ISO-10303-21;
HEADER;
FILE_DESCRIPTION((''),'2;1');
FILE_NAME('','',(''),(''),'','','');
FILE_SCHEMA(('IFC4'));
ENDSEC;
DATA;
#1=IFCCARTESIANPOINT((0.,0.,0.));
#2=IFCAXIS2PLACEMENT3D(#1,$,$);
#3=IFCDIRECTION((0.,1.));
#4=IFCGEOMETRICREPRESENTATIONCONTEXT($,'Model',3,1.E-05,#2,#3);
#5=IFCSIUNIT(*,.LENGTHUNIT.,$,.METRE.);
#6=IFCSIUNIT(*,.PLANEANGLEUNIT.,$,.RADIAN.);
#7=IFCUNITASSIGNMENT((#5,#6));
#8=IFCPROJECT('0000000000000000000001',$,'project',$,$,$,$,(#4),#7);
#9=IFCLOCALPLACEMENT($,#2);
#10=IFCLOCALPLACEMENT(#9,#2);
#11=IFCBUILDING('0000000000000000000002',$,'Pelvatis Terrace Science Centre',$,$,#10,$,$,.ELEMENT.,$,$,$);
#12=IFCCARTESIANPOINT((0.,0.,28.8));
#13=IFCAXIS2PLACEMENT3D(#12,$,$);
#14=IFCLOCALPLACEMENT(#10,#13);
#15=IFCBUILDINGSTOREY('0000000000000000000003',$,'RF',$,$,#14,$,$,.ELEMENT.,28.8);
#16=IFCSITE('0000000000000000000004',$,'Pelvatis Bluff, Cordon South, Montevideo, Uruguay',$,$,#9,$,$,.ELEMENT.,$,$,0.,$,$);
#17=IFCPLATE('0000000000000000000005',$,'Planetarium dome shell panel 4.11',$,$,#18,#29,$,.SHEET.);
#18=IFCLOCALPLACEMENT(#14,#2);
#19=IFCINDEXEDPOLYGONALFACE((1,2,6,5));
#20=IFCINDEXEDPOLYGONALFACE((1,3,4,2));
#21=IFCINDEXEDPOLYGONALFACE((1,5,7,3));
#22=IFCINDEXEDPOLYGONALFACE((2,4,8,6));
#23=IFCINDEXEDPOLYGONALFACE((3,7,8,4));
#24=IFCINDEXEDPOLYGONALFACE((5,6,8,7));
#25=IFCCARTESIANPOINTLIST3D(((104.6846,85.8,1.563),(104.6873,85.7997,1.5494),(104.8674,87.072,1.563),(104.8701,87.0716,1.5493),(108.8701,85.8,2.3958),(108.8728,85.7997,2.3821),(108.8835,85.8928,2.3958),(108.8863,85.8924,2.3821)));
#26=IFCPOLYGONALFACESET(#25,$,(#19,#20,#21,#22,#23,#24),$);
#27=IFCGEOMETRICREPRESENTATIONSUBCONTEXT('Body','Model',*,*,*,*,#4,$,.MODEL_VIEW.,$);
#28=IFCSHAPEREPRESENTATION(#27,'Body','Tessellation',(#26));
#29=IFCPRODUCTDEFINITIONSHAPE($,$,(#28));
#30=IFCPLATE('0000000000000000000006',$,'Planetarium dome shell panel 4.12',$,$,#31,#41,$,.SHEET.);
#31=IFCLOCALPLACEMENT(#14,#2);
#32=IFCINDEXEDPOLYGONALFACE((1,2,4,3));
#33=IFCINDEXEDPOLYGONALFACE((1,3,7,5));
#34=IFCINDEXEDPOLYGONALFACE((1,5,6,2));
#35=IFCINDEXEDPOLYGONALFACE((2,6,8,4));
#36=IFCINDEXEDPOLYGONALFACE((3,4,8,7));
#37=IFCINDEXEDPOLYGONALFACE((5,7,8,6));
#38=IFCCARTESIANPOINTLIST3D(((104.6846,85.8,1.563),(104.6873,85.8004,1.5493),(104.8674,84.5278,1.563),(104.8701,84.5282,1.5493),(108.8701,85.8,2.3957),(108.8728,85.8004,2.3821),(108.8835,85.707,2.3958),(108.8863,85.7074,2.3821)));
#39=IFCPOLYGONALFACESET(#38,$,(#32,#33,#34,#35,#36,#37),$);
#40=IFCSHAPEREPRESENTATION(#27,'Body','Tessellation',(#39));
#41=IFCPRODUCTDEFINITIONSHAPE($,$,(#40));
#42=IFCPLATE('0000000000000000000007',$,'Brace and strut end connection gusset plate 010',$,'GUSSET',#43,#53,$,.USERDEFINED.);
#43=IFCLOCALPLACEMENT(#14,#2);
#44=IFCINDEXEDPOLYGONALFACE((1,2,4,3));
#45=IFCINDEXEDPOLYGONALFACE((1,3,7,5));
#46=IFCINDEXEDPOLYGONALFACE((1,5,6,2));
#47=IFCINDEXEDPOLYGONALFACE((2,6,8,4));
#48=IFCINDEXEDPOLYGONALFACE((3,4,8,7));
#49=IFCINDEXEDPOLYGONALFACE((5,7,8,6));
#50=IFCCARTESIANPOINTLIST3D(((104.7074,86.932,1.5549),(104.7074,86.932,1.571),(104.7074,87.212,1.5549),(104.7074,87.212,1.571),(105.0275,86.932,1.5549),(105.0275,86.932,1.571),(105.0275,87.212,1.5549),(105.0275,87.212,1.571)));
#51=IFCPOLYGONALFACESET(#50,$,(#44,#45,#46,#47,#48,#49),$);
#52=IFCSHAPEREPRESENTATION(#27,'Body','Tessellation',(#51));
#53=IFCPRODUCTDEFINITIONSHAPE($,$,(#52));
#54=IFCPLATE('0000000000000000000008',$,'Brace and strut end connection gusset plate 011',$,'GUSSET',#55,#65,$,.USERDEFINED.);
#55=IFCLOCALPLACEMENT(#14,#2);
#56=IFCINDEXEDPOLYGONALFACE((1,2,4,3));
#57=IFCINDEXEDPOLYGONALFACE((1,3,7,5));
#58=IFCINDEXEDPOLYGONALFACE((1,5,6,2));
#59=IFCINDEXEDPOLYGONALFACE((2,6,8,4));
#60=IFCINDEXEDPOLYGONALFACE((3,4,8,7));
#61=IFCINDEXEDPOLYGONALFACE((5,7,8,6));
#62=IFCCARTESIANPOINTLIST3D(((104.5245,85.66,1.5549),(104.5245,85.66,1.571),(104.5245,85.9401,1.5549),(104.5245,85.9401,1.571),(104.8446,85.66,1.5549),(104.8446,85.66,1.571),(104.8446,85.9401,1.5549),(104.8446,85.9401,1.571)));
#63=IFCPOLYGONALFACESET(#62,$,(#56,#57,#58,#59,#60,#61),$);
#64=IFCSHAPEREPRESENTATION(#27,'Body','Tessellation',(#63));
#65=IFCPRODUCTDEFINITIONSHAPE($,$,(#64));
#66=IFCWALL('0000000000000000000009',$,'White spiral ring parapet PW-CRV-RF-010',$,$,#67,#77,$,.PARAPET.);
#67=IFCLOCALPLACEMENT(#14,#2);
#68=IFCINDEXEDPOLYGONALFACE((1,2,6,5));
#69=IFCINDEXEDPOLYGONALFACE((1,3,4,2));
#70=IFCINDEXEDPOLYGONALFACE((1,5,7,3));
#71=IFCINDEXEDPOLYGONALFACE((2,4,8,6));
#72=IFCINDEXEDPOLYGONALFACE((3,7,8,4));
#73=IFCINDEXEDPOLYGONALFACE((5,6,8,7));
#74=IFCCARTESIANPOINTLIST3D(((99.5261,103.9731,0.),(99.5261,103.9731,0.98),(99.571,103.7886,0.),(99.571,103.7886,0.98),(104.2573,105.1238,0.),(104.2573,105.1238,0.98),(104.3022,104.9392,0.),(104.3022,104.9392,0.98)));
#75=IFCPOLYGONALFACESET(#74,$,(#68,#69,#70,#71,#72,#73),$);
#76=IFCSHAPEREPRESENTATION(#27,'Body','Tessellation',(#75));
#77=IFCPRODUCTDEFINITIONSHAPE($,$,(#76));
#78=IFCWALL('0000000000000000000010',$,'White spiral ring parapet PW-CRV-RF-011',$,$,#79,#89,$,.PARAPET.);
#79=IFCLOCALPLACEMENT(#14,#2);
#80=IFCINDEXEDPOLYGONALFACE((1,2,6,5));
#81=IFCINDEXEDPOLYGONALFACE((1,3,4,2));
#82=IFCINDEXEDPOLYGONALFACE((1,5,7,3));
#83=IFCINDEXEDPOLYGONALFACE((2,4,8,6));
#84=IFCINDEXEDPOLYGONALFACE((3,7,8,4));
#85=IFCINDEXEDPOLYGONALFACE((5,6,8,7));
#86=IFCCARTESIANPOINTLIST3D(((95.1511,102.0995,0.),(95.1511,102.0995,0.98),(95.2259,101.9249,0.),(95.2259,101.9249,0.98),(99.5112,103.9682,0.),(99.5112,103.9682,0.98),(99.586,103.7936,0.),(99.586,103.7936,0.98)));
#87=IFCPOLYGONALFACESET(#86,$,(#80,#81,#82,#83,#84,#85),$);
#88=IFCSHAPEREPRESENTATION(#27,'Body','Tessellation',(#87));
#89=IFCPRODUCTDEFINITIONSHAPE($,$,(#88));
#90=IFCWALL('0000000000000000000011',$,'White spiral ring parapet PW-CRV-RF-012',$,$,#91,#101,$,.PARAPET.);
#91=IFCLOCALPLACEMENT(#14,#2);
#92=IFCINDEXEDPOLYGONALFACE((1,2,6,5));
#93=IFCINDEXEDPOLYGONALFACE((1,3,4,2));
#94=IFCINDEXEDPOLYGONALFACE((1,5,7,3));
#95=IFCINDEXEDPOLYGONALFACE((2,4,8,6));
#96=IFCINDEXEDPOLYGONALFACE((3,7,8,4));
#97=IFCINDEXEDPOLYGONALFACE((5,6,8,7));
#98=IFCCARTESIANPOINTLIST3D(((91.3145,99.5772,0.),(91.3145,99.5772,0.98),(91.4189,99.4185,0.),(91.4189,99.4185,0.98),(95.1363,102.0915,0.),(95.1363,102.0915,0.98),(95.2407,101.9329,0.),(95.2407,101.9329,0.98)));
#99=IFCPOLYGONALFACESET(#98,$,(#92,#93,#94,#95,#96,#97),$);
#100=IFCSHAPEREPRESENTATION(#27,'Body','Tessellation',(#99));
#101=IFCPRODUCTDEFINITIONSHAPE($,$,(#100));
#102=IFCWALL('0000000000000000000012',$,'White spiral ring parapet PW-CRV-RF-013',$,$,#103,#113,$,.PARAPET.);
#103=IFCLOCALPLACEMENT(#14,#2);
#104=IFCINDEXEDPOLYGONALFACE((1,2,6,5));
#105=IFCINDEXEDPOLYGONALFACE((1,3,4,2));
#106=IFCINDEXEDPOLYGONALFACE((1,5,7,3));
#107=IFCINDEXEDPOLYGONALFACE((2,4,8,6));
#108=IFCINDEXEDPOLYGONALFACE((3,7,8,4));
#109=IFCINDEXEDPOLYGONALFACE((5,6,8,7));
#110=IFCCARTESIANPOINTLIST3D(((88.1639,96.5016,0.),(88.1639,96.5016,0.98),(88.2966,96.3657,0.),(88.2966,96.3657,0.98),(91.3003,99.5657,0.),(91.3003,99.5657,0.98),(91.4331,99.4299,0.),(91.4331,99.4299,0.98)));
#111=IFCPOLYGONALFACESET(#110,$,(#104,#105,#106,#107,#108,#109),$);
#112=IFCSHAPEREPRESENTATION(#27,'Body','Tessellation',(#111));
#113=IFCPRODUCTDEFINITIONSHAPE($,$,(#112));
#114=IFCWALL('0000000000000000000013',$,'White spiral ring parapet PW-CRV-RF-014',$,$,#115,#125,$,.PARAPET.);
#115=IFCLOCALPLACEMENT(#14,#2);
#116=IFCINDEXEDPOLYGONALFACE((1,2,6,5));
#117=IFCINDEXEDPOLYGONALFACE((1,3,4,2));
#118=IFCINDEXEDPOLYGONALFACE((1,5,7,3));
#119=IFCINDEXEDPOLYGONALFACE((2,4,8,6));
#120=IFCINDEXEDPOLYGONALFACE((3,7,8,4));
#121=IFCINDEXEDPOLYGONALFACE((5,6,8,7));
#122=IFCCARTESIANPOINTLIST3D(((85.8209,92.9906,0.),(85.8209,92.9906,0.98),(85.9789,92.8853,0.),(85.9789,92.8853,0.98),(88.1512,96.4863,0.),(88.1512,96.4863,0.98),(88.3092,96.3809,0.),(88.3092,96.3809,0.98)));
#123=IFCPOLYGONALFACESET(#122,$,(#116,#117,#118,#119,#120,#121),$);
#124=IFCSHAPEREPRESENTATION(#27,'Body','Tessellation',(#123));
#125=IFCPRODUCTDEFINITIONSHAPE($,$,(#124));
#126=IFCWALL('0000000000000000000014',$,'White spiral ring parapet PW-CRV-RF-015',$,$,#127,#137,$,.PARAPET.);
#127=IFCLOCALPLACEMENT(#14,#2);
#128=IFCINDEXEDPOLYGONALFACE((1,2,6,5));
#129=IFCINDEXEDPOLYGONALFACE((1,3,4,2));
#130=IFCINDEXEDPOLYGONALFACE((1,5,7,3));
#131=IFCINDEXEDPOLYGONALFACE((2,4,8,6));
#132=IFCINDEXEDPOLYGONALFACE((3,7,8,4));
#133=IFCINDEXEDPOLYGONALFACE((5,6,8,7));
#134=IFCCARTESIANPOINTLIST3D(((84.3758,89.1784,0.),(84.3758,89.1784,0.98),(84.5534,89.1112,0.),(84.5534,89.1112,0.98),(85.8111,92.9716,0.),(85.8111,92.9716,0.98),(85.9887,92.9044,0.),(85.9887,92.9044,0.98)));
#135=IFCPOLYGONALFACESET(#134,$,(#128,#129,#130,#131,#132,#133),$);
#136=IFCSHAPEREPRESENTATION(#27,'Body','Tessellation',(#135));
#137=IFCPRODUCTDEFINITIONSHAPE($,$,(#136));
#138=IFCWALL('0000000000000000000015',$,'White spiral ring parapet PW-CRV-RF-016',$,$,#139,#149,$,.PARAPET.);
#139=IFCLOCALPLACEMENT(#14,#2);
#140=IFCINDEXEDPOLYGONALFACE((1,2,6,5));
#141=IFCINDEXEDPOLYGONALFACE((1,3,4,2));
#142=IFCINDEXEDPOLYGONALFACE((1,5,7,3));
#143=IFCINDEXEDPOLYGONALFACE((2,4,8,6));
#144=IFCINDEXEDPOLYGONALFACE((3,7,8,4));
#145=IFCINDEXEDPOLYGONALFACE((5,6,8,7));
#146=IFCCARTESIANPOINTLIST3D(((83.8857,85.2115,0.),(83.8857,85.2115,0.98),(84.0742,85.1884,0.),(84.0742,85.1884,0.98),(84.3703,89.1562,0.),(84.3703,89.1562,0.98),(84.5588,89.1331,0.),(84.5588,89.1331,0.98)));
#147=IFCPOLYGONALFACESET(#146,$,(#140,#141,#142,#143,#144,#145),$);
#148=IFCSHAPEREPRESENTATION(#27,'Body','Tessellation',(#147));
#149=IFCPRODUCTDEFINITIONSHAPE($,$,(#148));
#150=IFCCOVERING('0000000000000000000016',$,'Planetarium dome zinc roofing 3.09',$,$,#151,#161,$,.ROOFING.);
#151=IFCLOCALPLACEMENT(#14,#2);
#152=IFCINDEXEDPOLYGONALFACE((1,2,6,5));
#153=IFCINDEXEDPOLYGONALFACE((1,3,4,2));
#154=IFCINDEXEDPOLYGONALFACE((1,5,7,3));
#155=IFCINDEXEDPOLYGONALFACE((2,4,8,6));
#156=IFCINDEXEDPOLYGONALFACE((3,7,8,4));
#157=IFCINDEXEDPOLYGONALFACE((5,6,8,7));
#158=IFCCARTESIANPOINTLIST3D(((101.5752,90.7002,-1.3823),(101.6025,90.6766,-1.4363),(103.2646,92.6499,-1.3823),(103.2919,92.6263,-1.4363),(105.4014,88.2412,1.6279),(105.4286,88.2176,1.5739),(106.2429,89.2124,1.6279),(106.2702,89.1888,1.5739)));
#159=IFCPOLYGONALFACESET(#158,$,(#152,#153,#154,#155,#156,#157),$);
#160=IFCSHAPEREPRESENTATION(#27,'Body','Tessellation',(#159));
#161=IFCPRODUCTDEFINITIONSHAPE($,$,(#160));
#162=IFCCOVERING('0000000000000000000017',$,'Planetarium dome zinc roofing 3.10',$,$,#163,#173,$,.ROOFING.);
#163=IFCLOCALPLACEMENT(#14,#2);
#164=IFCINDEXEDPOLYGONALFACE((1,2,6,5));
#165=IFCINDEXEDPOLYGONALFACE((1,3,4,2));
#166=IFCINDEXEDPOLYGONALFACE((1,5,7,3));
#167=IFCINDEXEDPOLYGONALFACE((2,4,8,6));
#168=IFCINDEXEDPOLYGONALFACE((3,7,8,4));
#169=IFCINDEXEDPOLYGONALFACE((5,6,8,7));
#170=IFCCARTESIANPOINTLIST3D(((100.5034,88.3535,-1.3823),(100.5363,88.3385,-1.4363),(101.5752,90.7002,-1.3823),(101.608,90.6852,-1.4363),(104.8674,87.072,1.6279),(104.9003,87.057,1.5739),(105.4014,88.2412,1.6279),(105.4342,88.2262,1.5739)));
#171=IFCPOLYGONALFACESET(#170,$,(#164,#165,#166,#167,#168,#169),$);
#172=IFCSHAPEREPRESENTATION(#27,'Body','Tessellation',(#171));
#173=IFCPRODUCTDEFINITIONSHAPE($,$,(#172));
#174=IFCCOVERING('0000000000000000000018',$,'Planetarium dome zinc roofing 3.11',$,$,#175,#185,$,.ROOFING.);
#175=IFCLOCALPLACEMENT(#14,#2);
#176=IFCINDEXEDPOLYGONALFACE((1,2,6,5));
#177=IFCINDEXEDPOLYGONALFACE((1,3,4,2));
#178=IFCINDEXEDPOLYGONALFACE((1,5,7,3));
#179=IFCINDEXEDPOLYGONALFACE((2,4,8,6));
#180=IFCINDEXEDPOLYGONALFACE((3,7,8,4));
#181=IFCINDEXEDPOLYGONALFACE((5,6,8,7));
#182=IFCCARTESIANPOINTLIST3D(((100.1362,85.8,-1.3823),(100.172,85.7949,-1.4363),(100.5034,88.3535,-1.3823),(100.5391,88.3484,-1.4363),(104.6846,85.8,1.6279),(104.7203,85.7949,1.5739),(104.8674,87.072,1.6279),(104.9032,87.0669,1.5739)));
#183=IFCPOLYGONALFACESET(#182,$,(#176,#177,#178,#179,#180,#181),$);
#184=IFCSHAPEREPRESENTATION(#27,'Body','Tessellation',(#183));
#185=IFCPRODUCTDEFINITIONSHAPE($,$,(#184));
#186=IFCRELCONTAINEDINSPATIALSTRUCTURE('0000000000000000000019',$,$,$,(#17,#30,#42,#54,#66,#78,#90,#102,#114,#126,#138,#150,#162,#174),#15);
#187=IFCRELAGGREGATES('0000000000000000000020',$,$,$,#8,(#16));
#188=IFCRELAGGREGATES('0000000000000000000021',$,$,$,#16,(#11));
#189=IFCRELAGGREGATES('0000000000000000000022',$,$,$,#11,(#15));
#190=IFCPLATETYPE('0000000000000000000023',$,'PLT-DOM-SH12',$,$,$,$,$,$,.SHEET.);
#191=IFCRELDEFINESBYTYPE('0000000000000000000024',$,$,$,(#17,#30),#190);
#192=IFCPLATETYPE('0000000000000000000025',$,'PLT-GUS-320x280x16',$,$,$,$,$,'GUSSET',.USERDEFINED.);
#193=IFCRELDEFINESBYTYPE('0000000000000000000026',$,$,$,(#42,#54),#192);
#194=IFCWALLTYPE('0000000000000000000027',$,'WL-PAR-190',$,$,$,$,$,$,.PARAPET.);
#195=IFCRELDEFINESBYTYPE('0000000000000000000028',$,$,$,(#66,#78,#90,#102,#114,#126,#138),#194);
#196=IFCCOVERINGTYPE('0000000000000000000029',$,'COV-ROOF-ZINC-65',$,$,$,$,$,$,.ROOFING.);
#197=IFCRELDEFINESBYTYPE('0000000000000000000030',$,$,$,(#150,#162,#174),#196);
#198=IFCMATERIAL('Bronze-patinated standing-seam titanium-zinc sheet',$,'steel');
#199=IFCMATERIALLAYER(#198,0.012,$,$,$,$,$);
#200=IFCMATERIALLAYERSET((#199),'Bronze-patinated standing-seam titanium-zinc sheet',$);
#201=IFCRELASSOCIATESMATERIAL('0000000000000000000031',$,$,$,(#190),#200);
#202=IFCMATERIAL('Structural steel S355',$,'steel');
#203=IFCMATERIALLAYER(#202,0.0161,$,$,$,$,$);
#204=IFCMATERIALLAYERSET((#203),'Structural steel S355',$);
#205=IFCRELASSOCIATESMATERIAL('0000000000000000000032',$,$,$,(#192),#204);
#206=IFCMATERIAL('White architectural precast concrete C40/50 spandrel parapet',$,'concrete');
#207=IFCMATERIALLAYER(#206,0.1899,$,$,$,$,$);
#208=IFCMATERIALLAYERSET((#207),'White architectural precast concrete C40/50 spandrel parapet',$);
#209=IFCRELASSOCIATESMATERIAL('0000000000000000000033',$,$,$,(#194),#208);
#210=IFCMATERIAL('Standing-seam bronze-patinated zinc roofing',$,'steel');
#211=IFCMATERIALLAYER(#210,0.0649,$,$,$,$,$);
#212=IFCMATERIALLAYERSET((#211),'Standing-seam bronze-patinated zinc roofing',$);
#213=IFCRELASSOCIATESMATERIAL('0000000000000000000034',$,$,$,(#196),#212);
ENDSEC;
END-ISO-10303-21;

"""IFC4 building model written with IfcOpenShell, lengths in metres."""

from ifc_helpers import new_model, si_unit, direction, frame, frame_2d, origin, origin_2d, place, context, subcontext, project, spatial, polyline, rectangle, outline, extrude, material, layer, layer_set, type_object, element, save


model = new_model("IFC4")

# Units and contexts
model_context = context("Model", 3, precision=1e-05, world=origin(), true_north=direction((0.0, 1.0)))
body_context = subcontext(model_context, "Body", "Model", "MODEL_VIEW")
ifc_project = project(units=[si_unit("LENGTHUNIT", "METRE"), si_unit("PLANEANGLEUNIT", "RADIAN")], contexts=[model_context])

# Site, building, storey
site_placement = place(None, origin())
site = spatial("IfcSite", under=ifc_project, at=site_placement, Name="Pelvatis Bluff, Cordon South, Montevideo, Uruguay", CompositionType="ELEMENT", RefElevation=0.0)
building_placement = place(site_placement, origin())
building = spatial("IfcBuilding", under=site, at=building_placement, Name="Pelvatis Terrace Science Centre", CompositionType="ELEMENT")
storey_placement = place(building_placement, frame((0.0, 0.0, 28.8)))
storey = spatial("IfcBuildingStorey", under=building, at=storey_placement, Name="RF", CompositionType="ELEMENT", Elevation=28.8)

# Plates
ifc_material_1 = material(Name="Bronze-patinated standing-seam titanium-zinc sheet", Category="steel")
ifc_layer_1 = layer(ifc_material_1, 0.012)
ifc_layer_set_1 = layer_set([ifc_layer_1], Name="Bronze-patinated standing-seam titanium-zinc sheet")
plate_type_1 = type_object("IfcPlateType", Name="PLT-DOM-SH12", PredefinedType="SHEET", material=ifc_layer_set_1)
plate_1_placement = place(storey_placement, frame((104.8674, 87.072, 1.563), z_axis=(-0.195056, 0.028055, 0.980391), x_axis=(-0.142302, -0.989823, 0.000013)))
element("IfcPlate", 1, at=plate_1_placement, inside=storey, type_object=plate_type_1, Name="Planetarium dome shell panel 4.11", PredefinedType="SHEET", context=body_context, shape_type="SweptSolid", body=[
    extrude(outline(polyline([(0.0, 0.0), (1.285, 0.0), (0.6895, 4.2258), (0.5957, 4.2259), (0.0, 0.0)])), origin(), (0.0, 0.0, -1.0), 0.0139),
])
plate_2_placement = place(storey_placement, frame((104.6846, 85.8, 1.563), z_axis=(-0.195058, -0.028045, 0.980391), x_axis=(0.142274, -0.989827, -0.000008)))
element("IfcPlate", 2, at=plate_2_placement, inside=storey, type_object=plate_type_1, Name="Planetarium dome shell panel 4.12", PredefinedType="SHEET", context=body_context, shape_type="SweptSolid", body=[
    extrude(outline(polyline([(0.0, 0.0), (1.2853, 0.0), (0.6895, 4.2259), (0.5955, 4.2258), (0.0, 0.0)])), origin(), (0.0, 0.0, -1.0), 0.0139),
])
ifc_material_2 = material(Name="Structural steel S355", Category="steel")
ifc_layer_2 = layer(ifc_material_2, 0.0161)
ifc_layer_set_2 = layer_set([ifc_layer_2], Name="Structural steel S355")
plate_type_2 = type_object("IfcPlateType", Name="PLT-GUS-320x280x16", ElementType="GUSSET", PredefinedType="USERDEFINED", material=ifc_layer_set_2)
for number, where, z_axis, x_axis, name in (
    (3, (104.8674, 87.072, 1.5549), (0.0, 0.0, 1.0), (1.0, 0.0, 0.0), "Brace and strut end connection gusset plate 010"),
    (4, (104.6846, 85.8, 1.5549), (0.0, 0.0, 1.0), (1.0, 0.0, 0.0), "Brace and strut end connection gusset plate 011"),
):
    element("IfcPlate", number, at=place(storey_placement, frame(where, z_axis=z_axis, x_axis=x_axis)), inside=storey, type_object=plate_type_2, Name=name, ObjectType="GUSSET", PredefinedType="USERDEFINED", context=body_context, shape_type="SweptSolid", body=[
        extrude(rectangle(XDim=0.3201, YDim=0.28, at=origin_2d()), origin(), (0.0, 0.0, 1.0), 0.0161),
    ])

# Walls
ifc_material_3 = material(Name="White architectural precast concrete C40/50 spandrel parapet", Category="concrete")
ifc_layer_3 = layer(ifc_material_3, 0.1899)
ifc_layer_set_3 = layer_set([ifc_layer_3], Name="White architectural precast concrete C40/50 spandrel parapet")
wall_type = type_object("IfcWallType", Name="WL-PAR-190", PredefinedType="PARAPET", material=ifc_layer_set_3)
wall_1_placement = place(storey_placement, frame((104.2798, 105.0315, 0.0), z_axis=(0.0, 0.0, 1.0), x_axis=(-0.971677, -0.236313, 0.0)))
element("IfcWall", 5, at=wall_1_placement, inside=storey, type_object=wall_type, Name="White spiral ring parapet PW-CRV-RF-010", PredefinedType="PARAPET", context=body_context, shape_type="SweptSolid", body=[
    extrude(rectangle(XDim=4.8691, YDim=0.1899, at=frame_2d((2.4346, 0.0))), origin(), (0.0, 0.0, 1.0), 0.98),
])
wall_2_placement = place(storey_placement, frame((99.5486, 103.8809, 0.0), z_axis=(0.0, 0.0, 1.0), x_axis=(-0.919142, -0.393926, 0.0)))
element("IfcWall", 6, at=wall_2_placement, inside=storey, type_object=wall_type, Name="White spiral ring parapet PW-CRV-RF-011", PredefinedType="PARAPET", context=body_context, shape_type="SweptSolid", body=[
    extrude(rectangle(XDim=4.7437, YDim=0.1899, at=frame_2d((2.3718, 0.0))), origin(), (0.0, 0.0, 1.0), 0.98),
])
wall_3_placement = place(storey_placement, frame((95.1885, 102.0122, 0.0), z_axis=(0.0, 0.0, 1.0), x_axis=(-0.835409, -0.549628, 0.0)))
element("IfcWall", 7, at=wall_3_placement, inside=storey, type_object=wall_type, Name="White spiral ring parapet PW-CRV-RF-012", PredefinedType="PARAPET", context=body_context, shape_type="SweptSolid", body=[
    extrude(rectangle(XDim=4.5747, YDim=0.1899, at=frame_2d((2.2874, 0.0))), origin(), (0.0, 0.0, 1.0), 0.98),
])
wall_4_placement = place(storey_placement, frame((91.3667, 99.4978, 0.0), z_axis=(0.0, 0.0, 1.0), x_axis=(-0.715299, -0.698818, 0.0)))
element("IfcWall", 8, at=wall_4_placement, inside=storey, type_object=wall_type, Name="White spiral ring parapet PW-CRV-RF-013", PredefinedType="PARAPET", context=body_context, shape_type="SweptSolid", body=[
    extrude(rectangle(XDim=4.3848, YDim=0.1899, at=frame_2d((2.1924, 0.0))), origin(), (0.0, 0.0, 1.0), 0.98),
])
wall_5_placement = place(storey_placement, frame((88.2302, 96.4336, 0.0), z_axis=(0.0, 0.0, 1.0), x_axis=(-0.554687, -0.832059, 0.0)))
element("IfcWall", 9, at=wall_5_placement, inside=storey, type_object=wall_type, Name="White spiral ring parapet PW-CRV-RF-014", PredefinedType="PARAPET", context=body_context, shape_type="SweptSolid", body=[
    extrude(rectangle(XDim=4.2012, YDim=0.1899, at=frame_2d((2.1006, 0.0))), origin(), (0.0, 0.0, 1.0), 0.98),
])
wall_6_placement = place(storey_placement, frame((85.8999, 92.938, 0.0), z_axis=(0.0, 0.0, 1.0), x_axis=(-0.353899, -0.935284, 0.0)))
element("IfcWall", 10, at=wall_6_placement, inside=storey, type_object=wall_type, Name="White spiral ring parapet PW-CRV-RF-015", PredefinedType="PARAPET", context=body_context, shape_type="SweptSolid", body=[
    extrude(rectangle(XDim=4.0557, YDim=0.1899, at=frame_2d((2.0278, 0.0))), origin(), (0.0, 0.0, 1.0), 0.98),
])
wall_7_placement = place(storey_placement, frame((84.4646, 89.1448, 0.0), z_axis=(0.0, 0.0, 1.0), x_axis=(-0.121933, -0.992538, 0.0)))
element("IfcWall", 11, at=wall_7_placement, inside=storey, type_object=wall_type, Name="White spiral ring parapet PW-CRV-RF-016", PredefinedType="PARAPET", context=body_context, shape_type="SweptSolid", body=[
    extrude(rectangle(XDim=3.9744, YDim=0.1899, at=frame_2d((1.9873, 0.0))), origin(), (0.0, 0.0, 1.0), 0.98),
])

# Coverings
ifc_material_4 = material(Name="Standing-seam bronze-patinated zinc roofing", Category="steel")
ifc_layer_4 = layer(ifc_material_4, 0.0649)
ifc_layer_set_4 = layer_set([ifc_layer_4], Name="Standing-seam bronze-patinated zinc roofing")
covering_type = type_object("IfcCoveringType", Name="COV-ROOF-ZINC-65", PredefinedType="ROOFING", material=ifc_layer_set_4)
covering_1_placement = place(storey_placement, frame((103.2646, 92.6499, -1.3823), z_axis=(-0.420079, 0.364005, 0.831284), x_axis=(-0.654866, -0.755745, 0.0)))
element("IfcCovering", 12, at=covering_1_placement, inside=storey, type_object=covering_type, Name="Planetarium dome zinc roofing 3.09", PredefinedType="ROOFING", context=body_context, shape_type="SweptSolid", body=[
    extrude(outline(polyline([(0.0, 0.0), (2.5798, 0.0), (1.9326, 5.4156), (0.6475, 5.4156), (0.0, 0.0)])), origin(), (0.0, 0.0, -1.0), 0.0649),
])
covering_2_placement = place(storey_placement, frame((101.5752, 90.7002, -1.3823), z_axis=(-0.50561, 0.230914, 0.831287), x_axis=(-0.415438, -0.909621, -0.000006)))
element("IfcCovering", 13, at=covering_2_placement, inside=storey, type_object=covering_type, Name="Planetarium dome zinc roofing 3.10", PredefinedType="ROOFING", context=body_context, shape_type="SweptSolid", body=[
    extrude(outline(polyline([(0.0, 0.0), (2.5798, 0.0), (1.9325, 5.4157), (0.6472, 5.4156), (0.0, 0.0)])), origin(), (0.0, 0.0, -1.0), 0.0649),
])
covering_3_placement = place(storey_placement, frame((100.5034, 88.3535, -1.3823), z_axis=(-0.550181, 0.079109, 0.83129), x_axis=(-0.142332, -0.989819, -0.000006)))
element("IfcCovering", 14, at=covering_3_placement, inside=storey, type_object=covering_type, Name="Planetarium dome zinc roofing 3.11", PredefinedType="ROOFING", context=body_context, shape_type="SweptSolid", body=[
    extrude(outline(polyline([(0.0, 0.0), (2.5797, 0.0), (1.9323, 5.4157), (0.6473, 5.4157), (0.0, 0.0)])), origin(), (0.0, 0.0, -1.0), 0.0649),
])

save(model, "model.ifc")
